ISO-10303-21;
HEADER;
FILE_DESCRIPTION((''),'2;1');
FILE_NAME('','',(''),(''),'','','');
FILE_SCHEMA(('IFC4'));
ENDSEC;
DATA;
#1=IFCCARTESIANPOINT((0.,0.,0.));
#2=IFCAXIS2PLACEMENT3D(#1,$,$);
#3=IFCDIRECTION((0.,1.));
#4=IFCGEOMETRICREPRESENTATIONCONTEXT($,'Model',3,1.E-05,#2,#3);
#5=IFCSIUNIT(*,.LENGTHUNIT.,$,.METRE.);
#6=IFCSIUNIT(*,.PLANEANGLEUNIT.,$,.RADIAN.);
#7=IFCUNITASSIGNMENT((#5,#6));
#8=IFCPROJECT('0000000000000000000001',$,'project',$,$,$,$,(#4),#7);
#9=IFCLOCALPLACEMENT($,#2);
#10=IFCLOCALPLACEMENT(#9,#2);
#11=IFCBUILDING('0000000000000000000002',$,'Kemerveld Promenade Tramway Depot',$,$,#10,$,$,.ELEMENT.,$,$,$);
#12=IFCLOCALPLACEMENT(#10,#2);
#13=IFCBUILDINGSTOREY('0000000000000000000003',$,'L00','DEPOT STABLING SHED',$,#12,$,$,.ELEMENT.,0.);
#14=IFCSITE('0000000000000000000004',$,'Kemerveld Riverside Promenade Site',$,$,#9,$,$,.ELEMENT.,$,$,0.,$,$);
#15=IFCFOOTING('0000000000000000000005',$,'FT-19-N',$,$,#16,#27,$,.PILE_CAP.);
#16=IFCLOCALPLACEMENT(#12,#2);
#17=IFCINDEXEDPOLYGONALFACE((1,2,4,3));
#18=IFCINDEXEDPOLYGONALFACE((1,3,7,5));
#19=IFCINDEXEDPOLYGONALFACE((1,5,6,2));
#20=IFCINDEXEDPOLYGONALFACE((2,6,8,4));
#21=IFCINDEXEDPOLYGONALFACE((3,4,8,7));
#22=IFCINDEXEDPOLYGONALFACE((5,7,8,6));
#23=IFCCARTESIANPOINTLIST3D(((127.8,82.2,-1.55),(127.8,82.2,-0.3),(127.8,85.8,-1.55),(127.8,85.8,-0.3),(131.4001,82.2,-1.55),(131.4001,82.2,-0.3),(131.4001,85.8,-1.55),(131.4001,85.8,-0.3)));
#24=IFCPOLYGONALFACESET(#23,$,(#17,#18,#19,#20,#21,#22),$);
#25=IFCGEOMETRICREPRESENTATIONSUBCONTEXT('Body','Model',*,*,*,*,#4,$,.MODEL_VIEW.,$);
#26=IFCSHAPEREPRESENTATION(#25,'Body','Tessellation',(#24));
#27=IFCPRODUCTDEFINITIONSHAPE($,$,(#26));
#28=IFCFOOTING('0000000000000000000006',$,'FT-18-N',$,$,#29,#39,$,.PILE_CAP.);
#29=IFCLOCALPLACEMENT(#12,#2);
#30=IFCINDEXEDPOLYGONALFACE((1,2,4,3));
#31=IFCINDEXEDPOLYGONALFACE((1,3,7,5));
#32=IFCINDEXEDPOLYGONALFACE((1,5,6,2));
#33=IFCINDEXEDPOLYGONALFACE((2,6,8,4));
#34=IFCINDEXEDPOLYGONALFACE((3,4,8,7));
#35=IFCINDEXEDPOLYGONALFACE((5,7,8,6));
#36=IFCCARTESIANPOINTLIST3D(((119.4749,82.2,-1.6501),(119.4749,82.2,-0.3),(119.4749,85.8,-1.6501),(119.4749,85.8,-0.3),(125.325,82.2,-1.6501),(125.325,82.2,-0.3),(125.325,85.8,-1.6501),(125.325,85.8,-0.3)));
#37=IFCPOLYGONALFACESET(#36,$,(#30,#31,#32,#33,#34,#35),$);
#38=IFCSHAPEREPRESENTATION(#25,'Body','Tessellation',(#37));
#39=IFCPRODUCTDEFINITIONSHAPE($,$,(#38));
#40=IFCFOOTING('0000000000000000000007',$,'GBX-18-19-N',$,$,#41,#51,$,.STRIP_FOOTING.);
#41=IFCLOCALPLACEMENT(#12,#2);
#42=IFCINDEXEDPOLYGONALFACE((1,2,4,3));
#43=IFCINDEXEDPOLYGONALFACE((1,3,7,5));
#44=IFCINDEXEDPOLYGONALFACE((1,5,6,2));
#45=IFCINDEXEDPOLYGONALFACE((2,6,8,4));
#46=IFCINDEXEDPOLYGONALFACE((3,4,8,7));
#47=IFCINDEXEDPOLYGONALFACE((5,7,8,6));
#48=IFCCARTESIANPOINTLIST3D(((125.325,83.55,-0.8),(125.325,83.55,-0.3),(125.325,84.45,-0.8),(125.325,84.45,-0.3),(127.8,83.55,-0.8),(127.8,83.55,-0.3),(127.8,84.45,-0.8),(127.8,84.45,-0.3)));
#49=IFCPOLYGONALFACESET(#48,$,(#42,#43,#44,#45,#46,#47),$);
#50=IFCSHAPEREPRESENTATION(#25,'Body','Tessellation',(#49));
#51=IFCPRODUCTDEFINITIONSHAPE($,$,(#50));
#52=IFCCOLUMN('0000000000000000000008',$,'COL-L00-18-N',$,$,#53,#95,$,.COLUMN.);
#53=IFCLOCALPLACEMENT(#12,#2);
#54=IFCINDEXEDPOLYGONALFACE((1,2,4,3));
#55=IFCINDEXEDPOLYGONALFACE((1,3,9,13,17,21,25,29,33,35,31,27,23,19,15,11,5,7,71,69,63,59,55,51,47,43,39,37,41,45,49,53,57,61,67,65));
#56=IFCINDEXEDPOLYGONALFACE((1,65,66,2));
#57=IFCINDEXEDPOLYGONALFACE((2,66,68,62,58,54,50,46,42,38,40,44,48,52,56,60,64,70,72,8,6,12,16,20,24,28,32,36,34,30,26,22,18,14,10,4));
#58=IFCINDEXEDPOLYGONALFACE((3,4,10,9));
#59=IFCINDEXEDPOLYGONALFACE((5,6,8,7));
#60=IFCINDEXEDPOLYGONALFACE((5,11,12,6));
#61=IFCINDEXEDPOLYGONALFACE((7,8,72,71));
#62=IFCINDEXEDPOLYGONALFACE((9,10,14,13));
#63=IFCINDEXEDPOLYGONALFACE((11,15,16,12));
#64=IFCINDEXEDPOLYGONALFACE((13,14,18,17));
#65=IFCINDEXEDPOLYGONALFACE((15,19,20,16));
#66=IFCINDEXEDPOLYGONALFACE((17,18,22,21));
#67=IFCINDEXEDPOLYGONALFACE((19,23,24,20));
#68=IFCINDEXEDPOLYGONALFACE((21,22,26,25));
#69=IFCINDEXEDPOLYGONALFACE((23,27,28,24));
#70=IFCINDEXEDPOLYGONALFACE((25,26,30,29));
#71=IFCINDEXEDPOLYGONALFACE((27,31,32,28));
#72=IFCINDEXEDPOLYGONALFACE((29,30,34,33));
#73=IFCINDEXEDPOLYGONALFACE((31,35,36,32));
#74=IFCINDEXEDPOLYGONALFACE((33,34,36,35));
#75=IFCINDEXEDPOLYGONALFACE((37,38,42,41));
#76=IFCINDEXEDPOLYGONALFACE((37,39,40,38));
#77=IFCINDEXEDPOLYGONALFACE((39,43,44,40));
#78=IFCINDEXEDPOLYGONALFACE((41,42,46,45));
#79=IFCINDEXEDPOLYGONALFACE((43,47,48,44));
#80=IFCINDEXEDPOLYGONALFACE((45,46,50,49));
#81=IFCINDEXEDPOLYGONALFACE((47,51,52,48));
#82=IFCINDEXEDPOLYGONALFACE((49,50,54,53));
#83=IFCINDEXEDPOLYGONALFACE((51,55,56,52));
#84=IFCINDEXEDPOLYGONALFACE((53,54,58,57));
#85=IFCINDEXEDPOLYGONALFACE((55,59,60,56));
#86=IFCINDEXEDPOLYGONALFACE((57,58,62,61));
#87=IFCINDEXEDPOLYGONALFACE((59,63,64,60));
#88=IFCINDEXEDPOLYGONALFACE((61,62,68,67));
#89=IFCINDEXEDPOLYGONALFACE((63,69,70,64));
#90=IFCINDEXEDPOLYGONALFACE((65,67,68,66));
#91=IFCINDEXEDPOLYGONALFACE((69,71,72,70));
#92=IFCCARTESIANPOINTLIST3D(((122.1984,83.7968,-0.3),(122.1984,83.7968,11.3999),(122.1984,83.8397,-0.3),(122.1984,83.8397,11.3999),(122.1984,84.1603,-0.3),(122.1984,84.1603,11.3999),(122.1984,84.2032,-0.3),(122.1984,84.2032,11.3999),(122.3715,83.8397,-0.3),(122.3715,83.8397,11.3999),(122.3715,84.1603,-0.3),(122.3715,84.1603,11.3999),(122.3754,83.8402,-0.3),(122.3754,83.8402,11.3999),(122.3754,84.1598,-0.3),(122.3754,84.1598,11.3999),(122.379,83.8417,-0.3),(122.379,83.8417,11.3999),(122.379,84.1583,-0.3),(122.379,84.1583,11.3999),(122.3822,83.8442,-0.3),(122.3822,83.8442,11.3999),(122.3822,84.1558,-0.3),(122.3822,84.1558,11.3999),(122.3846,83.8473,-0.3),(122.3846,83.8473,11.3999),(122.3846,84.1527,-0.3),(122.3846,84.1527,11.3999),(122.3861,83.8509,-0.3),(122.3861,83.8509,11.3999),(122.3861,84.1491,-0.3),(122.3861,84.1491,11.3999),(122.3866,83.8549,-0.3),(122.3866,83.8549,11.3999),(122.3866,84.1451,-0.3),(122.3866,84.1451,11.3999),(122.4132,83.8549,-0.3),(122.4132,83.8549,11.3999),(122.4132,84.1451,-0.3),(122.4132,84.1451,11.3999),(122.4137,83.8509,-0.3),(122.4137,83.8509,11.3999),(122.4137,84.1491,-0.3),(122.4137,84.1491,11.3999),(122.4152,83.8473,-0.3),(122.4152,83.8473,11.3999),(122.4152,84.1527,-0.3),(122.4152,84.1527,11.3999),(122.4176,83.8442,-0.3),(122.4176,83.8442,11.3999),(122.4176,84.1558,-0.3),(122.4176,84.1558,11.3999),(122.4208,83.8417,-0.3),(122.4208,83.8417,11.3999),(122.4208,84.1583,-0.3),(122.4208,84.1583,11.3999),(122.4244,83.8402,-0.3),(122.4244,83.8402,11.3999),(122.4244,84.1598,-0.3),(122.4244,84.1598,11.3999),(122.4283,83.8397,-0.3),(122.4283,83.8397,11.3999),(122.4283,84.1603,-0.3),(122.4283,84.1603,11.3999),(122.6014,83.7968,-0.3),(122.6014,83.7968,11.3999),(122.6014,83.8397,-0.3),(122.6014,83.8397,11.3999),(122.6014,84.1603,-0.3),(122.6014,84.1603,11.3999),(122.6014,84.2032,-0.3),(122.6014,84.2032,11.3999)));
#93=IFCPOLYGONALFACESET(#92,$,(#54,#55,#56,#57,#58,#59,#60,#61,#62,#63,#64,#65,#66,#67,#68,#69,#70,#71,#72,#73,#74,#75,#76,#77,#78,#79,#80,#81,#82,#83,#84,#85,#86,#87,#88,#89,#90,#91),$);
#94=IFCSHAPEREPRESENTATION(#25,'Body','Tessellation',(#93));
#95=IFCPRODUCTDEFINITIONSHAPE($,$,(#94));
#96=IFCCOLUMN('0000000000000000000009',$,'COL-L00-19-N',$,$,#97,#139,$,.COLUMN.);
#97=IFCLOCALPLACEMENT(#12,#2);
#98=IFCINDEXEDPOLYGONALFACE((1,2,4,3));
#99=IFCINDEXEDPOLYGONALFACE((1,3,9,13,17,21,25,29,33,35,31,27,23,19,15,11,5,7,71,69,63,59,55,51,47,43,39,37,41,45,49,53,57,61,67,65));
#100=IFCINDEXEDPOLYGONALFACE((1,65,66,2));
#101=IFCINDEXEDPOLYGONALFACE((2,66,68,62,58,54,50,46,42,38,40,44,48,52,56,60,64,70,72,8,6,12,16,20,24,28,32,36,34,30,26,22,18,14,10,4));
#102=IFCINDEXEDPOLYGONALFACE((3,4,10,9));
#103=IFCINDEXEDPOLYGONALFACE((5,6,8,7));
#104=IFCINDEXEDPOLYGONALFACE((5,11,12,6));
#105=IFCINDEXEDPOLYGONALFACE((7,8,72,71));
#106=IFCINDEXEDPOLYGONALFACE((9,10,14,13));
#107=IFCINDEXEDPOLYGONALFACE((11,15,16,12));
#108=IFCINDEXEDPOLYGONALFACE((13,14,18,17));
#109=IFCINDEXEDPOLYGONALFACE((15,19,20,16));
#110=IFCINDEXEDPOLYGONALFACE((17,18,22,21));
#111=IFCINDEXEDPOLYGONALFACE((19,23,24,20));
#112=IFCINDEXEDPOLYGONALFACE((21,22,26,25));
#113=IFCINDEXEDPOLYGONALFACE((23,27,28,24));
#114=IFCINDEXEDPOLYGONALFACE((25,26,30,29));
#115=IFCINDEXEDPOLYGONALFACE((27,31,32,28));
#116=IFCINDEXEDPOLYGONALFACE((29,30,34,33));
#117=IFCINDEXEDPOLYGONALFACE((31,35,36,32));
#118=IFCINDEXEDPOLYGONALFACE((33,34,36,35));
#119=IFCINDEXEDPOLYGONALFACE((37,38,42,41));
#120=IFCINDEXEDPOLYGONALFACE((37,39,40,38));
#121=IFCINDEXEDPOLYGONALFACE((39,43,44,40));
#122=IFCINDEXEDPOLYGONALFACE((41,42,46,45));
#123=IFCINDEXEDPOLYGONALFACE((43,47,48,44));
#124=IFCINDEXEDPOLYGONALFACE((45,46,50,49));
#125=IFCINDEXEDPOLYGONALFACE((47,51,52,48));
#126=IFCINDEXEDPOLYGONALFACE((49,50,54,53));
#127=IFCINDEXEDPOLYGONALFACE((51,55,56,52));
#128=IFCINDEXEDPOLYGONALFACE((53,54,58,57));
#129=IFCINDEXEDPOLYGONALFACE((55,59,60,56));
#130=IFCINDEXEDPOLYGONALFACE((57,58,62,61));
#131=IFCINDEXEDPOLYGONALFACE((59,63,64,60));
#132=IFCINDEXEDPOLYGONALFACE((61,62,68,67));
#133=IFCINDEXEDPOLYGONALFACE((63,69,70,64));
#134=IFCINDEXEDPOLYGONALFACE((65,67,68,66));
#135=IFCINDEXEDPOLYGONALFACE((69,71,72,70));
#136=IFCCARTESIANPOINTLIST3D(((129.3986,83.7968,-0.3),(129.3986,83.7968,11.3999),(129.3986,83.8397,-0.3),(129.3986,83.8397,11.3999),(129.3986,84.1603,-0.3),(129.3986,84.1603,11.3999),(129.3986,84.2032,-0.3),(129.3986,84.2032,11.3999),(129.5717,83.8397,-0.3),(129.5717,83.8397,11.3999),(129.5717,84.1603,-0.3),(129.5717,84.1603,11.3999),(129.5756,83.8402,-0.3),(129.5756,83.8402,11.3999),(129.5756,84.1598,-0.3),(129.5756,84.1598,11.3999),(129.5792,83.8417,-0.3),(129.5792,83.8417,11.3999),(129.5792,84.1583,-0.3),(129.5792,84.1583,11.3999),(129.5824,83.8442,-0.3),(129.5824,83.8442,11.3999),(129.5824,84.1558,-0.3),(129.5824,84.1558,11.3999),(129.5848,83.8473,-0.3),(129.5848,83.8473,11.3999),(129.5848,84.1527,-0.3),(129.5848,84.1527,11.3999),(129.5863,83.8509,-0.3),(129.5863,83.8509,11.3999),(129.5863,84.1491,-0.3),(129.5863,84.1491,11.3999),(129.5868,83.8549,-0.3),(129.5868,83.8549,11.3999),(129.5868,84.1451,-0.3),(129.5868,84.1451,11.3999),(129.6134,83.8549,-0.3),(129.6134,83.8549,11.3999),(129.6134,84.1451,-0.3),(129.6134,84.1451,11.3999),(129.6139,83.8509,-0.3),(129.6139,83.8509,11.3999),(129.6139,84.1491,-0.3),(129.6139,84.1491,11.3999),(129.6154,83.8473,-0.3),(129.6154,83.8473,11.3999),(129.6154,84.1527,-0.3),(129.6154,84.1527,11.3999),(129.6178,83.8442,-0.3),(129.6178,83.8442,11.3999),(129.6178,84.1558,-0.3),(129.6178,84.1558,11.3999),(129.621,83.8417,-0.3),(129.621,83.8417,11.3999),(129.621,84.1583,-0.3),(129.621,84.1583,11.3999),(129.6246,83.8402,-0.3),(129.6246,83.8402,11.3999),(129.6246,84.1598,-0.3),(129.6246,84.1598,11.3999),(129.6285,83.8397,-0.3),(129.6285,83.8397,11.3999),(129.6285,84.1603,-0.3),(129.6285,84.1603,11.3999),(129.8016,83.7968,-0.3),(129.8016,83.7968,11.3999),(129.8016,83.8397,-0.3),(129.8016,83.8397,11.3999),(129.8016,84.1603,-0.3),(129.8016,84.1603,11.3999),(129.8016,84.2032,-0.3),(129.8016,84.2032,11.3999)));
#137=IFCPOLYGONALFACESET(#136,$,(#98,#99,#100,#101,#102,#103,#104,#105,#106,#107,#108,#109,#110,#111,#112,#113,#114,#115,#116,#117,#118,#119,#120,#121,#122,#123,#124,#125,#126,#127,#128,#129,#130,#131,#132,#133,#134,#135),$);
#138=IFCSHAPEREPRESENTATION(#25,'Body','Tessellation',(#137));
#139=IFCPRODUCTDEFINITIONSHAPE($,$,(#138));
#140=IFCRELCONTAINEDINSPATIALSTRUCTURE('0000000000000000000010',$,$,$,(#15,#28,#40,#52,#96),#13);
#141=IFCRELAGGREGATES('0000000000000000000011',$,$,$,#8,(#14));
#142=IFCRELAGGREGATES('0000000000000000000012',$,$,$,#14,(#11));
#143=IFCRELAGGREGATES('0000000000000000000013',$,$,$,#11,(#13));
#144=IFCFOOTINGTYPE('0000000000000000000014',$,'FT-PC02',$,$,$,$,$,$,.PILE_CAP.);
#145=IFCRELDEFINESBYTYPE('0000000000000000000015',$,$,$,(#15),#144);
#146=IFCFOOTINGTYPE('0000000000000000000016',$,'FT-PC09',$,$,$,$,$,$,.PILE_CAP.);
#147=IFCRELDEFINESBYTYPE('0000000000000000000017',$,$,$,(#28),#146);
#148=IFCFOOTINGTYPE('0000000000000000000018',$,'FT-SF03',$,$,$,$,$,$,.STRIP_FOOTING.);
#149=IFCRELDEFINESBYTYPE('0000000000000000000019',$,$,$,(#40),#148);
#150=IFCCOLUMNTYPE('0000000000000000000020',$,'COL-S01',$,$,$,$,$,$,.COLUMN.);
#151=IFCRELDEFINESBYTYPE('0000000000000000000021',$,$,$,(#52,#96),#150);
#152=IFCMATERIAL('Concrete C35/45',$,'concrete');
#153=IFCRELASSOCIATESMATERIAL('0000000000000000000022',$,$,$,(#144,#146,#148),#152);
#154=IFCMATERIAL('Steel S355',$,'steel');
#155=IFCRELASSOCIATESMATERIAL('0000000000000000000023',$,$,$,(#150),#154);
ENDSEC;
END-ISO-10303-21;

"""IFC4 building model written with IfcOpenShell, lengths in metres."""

from ifc_helpers import new_model, si_unit, direction, frame, origin, origin_2d, place, context, subcontext, project, spatial, rectangle, i_section, extrude, material, material_profile, profile_set, type_object, element, save


model = new_model("IFC4")

# Units and contexts
model_context = context("Model", 3, precision=1e-05, world=origin(), true_north=direction((0.0, 1.0)))
body_context = subcontext(model_context, "Body", "Model", "MODEL_VIEW")
ifc_project = project(units=[si_unit("LENGTHUNIT", "METRE"), si_unit("PLANEANGLEUNIT", "RADIAN")], contexts=[model_context])

# Site, building, storey
site_placement = place(None, origin())
site = spatial("IfcSite", under=ifc_project, at=site_placement, Name="Kemerveld Riverside Promenade Site", CompositionType="ELEMENT", RefElevation=0.0)
building_placement = place(site_placement, origin())
building = spatial("IfcBuilding", under=site, at=building_placement, Name="Kemerveld Promenade Tramway Depot", CompositionType="ELEMENT")
storey_placement = place(building_placement, origin())
storey = spatial("IfcBuildingStorey", under=building, at=storey_placement, Name="L00", Description="DEPOT STABLING SHED", CompositionType="ELEMENT", Elevation=0.0)

# Footings
ifc_material_1 = material(Name="Concrete C35/45", Category="concrete")
footing_type_1 = type_object("IfcFootingType", Name="FT-PC02", PredefinedType="PILE_CAP", material=ifc_material_1)
footing_1_placement = place(storey_placement, frame((129.6001, 84.0, -1.55), z_axis=(0.0, 0.0, 1.0), x_axis=(1.0, 0.0, 0.0)))
element("IfcFooting", 1, at=footing_1_placement, inside=storey, type_object=footing_type_1, Name="FT-19-N", PredefinedType="PILE_CAP", context=body_context, shape_type="SweptSolid", body=[
    extrude(rectangle(XDim=3.6001, YDim=3.6001, at=origin_2d()), origin(), (0.0, 0.0, 1.0), 1.25),
])
footing_type_2 = type_object("IfcFootingType", Name="FT-PC09", PredefinedType="PILE_CAP", material=ifc_material_1)
footing_2_placement = place(storey_placement, frame((122.3999, 84.0, -1.6501), z_axis=(0.0, 0.0, 1.0), x_axis=(1.0, 0.0, 0.0)))
element("IfcFooting", 2, at=footing_2_placement, inside=storey, type_object=footing_type_2, Name="FT-18-N", PredefinedType="PILE_CAP", context=body_context, shape_type="SweptSolid", body=[
    extrude(rectangle(XDim=5.8501, YDim=3.6001, at=origin_2d()), origin(), (0.0, 0.0, 1.0), 1.3501),
])
footing_type_3 = type_object("IfcFootingType", Name="FT-SF03", PredefinedType="STRIP_FOOTING", material=ifc_material_1)
footing_3_placement = place(storey_placement, frame((126.5625, 84.0, -0.8), z_axis=(0.0, 0.0, 1.0), x_axis=(1.0, 0.0, 0.0)))
element("IfcFooting", 3, at=footing_3_placement, inside=storey, type_object=footing_type_3, Name="GBX-18-19-N", PredefinedType="STRIP_FOOTING", context=body_context, shape_type="SweptSolid", body=[
    extrude(rectangle(XDim=2.4751, YDim=0.8999, at=origin_2d()), origin(), (0.0, 0.0, 1.0), 0.5),
])

# Columns
ifc_material_2 = material(Name="Steel S355", Category="steel")
ifc_material_profile_1 = material_profile(ifc_material_2, i_section(OverallWidth=0.4031, OverallDepth=0.4065, WebThickness=0.0266, FlangeThickness=0.043, FilletRadius=0.0151, at=origin_2d()), Name="356x406x340 UC")
ifc_profile_set_1 = profile_set([ifc_material_profile_1], Name="Steel S355")
column_type = type_object("IfcColumnType", Name="COL-S01", PredefinedType="COLUMN", material=ifc_profile_set_1)
for number, where, z_axis, x_axis, name in (
    (4, (122.3999, 84.0, -0.3), (0.0, 0.0, 1.0), (1.0, 0.0, 0.0), "COL-L00-18-N"),
    (5, (129.6001, 84.0, -0.3), (0.0, 0.0, 1.0), (1.0, 0.0, 0.0), "COL-L00-19-N"),
):
    element("IfcColumn", number, at=place(storey_placement, frame(where, z_axis=z_axis, x_axis=x_axis)), inside=storey, type_object=column_type, Name=name, PredefinedType="COLUMN", context=body_context, shape_type="SweptSolid", body=[
        extrude(i_section(OverallWidth=0.4031, OverallDepth=0.4065, WebThickness=0.0266, FlangeThickness=0.043, FilletRadius=0.0151, at=origin_2d()), origin(), (0.0, 0.0, 1.0), 11.7),
    ])

save(model, "model.ifc")
